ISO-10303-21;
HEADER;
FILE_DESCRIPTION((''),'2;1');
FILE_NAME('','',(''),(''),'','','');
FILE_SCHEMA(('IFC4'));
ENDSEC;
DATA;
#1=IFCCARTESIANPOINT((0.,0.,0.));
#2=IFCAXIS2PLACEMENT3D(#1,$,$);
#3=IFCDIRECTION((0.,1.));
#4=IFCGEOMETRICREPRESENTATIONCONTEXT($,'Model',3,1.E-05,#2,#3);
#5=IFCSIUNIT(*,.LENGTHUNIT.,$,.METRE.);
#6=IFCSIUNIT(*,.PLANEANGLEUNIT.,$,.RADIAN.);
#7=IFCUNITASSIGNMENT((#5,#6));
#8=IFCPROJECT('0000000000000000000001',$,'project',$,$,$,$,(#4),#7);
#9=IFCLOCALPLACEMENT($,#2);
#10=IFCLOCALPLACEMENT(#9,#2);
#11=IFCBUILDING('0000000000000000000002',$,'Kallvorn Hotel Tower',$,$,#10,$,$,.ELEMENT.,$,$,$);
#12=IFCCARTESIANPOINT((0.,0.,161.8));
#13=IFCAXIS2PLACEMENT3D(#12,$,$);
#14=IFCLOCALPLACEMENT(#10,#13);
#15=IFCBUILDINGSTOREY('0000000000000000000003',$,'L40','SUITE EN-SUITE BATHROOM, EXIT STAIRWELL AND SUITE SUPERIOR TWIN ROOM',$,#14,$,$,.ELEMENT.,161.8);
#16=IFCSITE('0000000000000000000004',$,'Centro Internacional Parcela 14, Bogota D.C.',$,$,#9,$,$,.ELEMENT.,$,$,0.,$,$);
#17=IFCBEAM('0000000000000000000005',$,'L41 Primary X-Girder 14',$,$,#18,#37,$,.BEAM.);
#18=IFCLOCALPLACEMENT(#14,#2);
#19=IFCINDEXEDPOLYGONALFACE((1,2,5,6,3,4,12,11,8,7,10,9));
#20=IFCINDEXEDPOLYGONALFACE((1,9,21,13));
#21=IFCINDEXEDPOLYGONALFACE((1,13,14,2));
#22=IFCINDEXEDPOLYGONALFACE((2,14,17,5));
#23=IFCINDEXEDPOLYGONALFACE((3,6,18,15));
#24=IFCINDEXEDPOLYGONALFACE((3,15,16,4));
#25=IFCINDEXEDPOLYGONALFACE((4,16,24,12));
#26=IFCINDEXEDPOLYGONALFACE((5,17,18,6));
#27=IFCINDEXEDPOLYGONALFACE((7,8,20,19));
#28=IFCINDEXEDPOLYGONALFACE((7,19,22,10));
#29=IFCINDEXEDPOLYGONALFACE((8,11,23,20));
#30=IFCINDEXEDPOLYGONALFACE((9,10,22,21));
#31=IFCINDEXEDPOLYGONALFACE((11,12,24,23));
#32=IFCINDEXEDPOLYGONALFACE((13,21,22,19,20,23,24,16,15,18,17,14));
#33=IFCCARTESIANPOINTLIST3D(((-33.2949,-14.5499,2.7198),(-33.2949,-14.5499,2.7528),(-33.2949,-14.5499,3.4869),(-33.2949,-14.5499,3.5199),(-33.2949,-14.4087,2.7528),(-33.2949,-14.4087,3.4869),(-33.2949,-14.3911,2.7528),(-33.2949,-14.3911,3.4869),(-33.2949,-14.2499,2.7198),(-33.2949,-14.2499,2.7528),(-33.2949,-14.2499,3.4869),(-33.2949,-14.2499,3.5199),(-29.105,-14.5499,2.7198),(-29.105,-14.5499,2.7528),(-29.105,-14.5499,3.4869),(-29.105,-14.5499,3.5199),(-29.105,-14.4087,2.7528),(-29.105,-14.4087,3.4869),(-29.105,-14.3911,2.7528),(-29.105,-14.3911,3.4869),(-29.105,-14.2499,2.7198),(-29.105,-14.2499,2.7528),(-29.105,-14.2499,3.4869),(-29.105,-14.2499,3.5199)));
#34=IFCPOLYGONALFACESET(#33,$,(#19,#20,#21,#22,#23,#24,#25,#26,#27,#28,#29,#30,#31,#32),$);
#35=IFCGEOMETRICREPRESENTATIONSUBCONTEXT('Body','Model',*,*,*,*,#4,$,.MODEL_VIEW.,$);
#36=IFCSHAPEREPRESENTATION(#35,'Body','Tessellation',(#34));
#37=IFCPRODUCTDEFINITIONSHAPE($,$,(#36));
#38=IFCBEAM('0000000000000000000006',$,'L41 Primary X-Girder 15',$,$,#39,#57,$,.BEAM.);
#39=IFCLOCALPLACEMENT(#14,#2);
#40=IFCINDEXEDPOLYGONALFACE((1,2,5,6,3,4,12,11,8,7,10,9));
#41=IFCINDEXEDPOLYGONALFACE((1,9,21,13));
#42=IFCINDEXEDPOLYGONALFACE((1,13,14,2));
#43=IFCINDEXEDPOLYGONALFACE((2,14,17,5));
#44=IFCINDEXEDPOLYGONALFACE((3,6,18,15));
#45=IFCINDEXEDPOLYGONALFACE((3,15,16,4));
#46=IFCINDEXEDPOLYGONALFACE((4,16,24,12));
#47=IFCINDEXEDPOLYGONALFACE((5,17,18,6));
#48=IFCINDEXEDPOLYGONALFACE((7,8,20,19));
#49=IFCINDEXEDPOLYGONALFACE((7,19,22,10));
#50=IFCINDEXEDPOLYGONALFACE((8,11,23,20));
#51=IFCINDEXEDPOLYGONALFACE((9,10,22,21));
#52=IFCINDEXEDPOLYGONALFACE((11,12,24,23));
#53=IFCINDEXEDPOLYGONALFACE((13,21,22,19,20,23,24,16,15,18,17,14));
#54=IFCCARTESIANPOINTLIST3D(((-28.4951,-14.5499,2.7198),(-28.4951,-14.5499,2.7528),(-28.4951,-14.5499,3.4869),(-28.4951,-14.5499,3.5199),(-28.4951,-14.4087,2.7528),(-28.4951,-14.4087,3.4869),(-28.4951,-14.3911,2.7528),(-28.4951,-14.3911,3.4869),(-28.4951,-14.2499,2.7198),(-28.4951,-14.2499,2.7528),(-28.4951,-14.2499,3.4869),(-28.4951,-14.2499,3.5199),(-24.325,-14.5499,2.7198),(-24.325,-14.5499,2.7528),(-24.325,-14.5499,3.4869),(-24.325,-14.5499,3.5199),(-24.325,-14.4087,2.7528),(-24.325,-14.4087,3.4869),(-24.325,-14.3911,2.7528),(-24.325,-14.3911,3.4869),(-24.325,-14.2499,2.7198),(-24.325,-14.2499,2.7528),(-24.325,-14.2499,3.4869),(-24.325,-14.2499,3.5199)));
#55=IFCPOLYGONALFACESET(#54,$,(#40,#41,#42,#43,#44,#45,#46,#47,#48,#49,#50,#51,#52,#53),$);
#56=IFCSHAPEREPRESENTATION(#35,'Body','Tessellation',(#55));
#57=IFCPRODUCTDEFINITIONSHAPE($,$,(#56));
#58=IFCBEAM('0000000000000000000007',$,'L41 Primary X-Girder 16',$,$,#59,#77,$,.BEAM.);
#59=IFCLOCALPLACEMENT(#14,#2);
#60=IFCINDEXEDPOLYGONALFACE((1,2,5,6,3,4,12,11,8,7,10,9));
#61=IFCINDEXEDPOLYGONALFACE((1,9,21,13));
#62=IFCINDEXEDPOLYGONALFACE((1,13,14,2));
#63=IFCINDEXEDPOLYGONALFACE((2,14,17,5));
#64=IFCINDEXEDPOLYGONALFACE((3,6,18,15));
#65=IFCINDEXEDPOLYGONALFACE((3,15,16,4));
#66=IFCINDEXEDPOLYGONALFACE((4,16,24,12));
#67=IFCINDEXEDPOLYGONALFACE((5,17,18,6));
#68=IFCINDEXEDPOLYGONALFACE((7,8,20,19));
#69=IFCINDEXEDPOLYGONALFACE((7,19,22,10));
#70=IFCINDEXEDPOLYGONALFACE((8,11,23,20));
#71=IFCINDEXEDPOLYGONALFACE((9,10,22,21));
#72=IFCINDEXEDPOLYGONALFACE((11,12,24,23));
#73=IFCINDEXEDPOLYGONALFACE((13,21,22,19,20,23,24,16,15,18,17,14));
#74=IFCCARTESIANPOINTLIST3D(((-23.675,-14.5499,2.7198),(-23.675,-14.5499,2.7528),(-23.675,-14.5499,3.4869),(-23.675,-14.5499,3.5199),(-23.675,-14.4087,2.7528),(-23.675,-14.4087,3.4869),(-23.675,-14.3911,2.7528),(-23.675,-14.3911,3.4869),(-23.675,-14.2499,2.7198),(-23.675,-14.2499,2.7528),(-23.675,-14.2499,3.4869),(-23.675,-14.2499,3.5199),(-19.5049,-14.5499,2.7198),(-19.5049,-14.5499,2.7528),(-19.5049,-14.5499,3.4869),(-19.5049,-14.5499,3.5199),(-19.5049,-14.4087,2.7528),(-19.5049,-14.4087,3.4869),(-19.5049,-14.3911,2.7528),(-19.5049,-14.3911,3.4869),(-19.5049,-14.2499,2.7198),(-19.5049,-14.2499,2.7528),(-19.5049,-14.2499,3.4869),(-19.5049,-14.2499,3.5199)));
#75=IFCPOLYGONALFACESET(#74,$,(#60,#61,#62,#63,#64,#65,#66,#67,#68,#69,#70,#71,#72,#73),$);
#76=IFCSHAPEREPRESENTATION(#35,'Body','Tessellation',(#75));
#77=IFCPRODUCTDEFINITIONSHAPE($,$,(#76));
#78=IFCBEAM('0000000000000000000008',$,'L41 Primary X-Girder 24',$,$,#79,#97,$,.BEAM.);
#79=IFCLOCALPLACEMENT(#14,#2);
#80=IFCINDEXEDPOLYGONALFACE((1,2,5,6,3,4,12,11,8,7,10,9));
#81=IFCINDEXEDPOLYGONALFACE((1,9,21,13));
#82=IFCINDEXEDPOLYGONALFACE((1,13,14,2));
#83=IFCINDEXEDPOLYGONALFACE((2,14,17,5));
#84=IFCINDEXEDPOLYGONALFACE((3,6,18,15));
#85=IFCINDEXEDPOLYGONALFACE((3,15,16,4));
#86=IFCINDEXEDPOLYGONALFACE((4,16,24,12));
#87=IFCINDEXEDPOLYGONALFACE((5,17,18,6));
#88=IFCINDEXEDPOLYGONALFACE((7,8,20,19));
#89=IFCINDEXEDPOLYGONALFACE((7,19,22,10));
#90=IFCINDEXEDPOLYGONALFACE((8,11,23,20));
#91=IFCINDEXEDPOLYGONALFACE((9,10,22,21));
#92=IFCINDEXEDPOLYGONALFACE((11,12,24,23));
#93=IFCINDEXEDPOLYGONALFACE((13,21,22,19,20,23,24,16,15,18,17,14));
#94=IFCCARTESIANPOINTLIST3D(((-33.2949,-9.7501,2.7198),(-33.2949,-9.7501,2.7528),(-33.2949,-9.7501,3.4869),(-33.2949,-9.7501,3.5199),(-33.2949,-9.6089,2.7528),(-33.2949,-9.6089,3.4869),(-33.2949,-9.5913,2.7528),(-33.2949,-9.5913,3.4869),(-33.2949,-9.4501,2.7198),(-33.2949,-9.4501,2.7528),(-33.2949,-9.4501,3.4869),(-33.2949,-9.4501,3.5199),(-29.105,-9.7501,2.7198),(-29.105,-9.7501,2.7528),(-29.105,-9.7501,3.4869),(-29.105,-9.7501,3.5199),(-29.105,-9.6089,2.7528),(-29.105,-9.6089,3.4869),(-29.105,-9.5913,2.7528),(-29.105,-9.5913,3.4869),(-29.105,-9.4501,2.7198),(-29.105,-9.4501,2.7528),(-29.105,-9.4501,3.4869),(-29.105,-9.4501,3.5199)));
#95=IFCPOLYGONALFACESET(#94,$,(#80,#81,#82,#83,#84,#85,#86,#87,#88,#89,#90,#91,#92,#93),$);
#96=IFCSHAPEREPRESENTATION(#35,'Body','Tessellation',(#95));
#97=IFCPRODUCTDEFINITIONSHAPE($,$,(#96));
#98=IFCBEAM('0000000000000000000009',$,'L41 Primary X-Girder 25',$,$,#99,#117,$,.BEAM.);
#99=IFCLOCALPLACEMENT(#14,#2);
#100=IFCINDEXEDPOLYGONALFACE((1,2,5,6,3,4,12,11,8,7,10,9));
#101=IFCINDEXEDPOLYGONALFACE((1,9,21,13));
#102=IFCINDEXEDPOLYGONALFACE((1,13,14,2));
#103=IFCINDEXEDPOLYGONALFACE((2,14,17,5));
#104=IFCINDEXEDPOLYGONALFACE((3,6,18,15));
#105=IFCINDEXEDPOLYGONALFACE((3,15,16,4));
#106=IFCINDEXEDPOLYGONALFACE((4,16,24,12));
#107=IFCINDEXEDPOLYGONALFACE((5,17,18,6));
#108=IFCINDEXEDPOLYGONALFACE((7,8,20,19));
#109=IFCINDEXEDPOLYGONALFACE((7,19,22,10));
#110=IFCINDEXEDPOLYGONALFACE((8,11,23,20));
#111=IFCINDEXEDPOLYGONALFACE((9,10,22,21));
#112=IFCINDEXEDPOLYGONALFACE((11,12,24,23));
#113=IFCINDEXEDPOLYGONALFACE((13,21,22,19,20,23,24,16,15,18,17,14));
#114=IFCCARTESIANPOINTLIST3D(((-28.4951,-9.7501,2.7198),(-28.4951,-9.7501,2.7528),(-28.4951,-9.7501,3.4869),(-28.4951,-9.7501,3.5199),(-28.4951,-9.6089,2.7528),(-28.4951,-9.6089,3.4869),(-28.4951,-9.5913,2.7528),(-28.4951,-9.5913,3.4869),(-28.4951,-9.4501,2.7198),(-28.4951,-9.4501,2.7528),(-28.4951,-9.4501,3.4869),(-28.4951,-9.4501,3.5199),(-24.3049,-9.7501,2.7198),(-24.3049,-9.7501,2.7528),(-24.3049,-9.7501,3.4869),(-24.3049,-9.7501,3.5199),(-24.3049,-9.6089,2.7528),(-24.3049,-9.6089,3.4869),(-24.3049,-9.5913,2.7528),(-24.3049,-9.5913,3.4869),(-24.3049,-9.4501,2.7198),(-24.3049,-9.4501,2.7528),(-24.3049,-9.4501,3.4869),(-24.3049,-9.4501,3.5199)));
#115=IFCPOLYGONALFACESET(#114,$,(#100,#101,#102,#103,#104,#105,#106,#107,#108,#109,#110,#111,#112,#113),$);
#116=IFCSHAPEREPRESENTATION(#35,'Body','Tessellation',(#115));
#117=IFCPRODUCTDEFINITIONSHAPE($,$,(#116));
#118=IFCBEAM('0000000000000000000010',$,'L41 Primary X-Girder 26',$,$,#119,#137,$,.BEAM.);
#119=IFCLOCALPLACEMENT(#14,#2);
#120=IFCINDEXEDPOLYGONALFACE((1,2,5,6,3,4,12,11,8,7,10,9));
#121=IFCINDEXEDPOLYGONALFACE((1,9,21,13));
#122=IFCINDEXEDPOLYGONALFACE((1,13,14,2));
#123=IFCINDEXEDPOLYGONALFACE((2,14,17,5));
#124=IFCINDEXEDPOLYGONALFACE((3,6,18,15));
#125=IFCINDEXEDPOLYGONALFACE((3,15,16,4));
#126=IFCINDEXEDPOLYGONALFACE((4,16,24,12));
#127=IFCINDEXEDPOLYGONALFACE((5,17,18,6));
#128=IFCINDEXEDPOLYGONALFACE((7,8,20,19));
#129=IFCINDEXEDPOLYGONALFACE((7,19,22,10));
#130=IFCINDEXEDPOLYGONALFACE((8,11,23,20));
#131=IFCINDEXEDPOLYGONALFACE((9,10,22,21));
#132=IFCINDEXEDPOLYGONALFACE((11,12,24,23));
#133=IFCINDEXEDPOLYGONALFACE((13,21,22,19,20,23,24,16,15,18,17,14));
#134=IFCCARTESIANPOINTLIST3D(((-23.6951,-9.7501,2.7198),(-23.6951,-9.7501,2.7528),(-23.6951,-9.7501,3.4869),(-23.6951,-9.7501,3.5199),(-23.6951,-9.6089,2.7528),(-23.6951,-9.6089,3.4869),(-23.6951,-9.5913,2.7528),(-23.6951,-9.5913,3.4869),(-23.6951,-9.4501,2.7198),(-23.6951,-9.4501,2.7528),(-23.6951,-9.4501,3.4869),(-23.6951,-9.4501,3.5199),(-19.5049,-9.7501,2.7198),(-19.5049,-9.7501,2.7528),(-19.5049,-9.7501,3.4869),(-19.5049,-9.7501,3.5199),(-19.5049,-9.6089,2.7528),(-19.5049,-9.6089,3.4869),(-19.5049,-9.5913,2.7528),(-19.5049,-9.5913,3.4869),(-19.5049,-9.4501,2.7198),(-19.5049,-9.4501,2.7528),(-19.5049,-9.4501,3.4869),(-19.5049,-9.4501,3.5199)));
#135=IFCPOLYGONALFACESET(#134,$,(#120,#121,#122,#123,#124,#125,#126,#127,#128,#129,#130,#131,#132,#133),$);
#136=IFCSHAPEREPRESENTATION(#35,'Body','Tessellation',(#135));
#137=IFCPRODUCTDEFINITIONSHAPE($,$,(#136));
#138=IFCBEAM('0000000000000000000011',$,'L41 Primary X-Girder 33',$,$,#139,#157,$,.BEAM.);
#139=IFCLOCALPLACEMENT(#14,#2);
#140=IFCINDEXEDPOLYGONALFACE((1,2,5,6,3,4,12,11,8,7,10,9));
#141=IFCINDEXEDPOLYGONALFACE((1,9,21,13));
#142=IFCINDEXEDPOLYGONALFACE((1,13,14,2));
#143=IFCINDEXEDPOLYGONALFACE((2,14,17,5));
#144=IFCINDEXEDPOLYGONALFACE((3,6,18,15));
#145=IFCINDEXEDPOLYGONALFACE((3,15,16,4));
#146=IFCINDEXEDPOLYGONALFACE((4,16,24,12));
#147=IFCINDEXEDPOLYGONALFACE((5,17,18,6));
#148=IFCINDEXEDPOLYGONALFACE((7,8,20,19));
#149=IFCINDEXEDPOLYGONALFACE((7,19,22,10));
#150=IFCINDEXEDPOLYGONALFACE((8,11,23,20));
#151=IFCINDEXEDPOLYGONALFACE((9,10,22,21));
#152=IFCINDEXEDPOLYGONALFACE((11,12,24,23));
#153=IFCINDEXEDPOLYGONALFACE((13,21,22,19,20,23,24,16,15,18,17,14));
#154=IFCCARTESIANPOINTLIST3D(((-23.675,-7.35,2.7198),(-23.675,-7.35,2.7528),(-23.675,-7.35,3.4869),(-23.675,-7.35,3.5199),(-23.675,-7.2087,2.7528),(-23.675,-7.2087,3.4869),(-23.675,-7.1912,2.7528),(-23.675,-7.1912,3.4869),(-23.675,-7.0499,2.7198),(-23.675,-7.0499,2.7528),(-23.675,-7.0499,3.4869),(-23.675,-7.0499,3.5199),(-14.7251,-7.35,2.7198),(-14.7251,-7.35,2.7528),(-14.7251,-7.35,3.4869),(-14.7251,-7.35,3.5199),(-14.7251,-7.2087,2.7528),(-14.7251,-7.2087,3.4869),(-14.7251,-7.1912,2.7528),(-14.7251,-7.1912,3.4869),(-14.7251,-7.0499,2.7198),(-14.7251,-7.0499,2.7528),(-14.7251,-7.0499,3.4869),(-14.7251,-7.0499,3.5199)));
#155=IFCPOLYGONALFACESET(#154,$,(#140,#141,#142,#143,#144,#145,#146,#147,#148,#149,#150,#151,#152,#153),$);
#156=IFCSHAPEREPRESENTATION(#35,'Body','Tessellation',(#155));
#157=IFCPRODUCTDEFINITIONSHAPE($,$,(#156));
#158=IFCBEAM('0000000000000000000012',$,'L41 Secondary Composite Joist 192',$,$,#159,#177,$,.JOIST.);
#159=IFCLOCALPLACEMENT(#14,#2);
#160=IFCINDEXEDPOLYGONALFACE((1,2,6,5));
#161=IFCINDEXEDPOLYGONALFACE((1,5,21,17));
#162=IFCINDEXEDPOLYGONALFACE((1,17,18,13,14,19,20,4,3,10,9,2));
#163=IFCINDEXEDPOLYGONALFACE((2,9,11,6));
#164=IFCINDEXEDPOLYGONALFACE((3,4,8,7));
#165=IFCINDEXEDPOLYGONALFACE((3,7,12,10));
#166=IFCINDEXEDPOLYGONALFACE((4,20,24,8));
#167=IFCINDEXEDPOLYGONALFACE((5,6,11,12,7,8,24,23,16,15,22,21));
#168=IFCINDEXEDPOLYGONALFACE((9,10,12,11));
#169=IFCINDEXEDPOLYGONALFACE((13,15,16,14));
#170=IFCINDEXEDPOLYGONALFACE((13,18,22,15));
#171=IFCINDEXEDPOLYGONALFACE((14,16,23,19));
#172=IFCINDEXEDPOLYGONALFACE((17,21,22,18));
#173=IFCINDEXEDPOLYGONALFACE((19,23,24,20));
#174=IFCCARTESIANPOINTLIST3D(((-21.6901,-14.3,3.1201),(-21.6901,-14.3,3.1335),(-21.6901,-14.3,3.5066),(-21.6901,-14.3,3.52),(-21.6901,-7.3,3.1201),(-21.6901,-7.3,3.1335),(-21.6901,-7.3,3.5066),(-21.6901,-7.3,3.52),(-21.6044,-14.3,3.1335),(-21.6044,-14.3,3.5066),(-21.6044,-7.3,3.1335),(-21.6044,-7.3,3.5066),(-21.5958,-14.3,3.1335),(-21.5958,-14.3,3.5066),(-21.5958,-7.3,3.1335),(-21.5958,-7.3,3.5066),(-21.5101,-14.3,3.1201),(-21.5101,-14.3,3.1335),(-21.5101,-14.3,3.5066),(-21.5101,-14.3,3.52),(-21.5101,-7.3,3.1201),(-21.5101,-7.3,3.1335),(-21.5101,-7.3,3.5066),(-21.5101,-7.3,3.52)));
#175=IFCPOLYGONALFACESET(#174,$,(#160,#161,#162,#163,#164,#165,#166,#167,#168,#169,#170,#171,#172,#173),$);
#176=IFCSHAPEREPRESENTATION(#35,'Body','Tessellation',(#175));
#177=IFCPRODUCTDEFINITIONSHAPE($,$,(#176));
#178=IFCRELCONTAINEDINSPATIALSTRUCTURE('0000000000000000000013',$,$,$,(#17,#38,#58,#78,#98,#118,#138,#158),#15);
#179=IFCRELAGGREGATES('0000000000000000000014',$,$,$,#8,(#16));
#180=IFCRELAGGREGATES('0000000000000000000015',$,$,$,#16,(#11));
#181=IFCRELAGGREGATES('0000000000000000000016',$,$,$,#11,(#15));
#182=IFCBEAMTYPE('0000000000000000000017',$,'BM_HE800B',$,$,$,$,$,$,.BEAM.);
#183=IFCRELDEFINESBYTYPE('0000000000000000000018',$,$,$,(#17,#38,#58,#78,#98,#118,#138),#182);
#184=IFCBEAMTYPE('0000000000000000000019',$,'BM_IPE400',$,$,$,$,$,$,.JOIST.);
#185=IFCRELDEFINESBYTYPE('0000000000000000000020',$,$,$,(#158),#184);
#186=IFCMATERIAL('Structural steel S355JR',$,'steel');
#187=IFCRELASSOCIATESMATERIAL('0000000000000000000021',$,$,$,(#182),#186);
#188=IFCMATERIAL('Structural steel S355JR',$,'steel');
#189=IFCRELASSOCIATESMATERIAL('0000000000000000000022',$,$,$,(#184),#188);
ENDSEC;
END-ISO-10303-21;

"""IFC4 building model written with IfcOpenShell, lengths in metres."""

from ifc_helpers import new_model, si_unit, direction, frame, origin, origin_2d, place, context, subcontext, project, spatial, i_section, extrude, material, material_profile, profile_set, type_object, element, save


model = new_model("IFC4")

# Units and contexts
model_context = context("Model", 3, precision=1e-05, world=origin(), true_north=direction((0.0, 1.0)))
body_context = subcontext(model_context, "Body", "Model", "MODEL_VIEW")
ifc_project = project(units=[si_unit("LENGTHUNIT", "METRE"), si_unit("PLANEANGLEUNIT", "RADIAN")], contexts=[model_context])

# Site, building, storey
site_placement = place(None, origin())
site = spatial("IfcSite", under=ifc_project, at=site_placement, Name="Centro Internacional Parcela 14, Bogota D.C.", CompositionType="ELEMENT", RefElevation=0.0)
building_placement = place(site_placement, origin())
building = spatial("IfcBuilding", under=site, at=building_placement, Name="Kallvorn Hotel Tower", CompositionType="ELEMENT")
storey_placement = place(building_placement, frame((0.0, 0.0, 161.8)))
storey = spatial("IfcBuildingStorey", under=building, at=storey_placement, Name="L40", Description="SUITE EN-SUITE BATHROOM, EXIT STAIRWELL AND SUITE SUPERIOR TWIN ROOM", CompositionType="ELEMENT", Elevation=161.8)

# Beams
ifc_material_1 = material(Name="Structural steel S355JR", Category="steel")
ifc_material_profile_1 = material_profile(ifc_material_1, i_section(OverallWidth=0.3, OverallDepth=0.8, WebThickness=0.0176, FlangeThickness=0.033, at=origin_2d()), Name="HE 800 B")
ifc_profile_set_1 = profile_set([ifc_material_profile_1], Name="Structural steel S355JR")
beam_type_1 = type_object("IfcBeamType", Name="BM_HE800B", PredefinedType="BEAM", material=ifc_profile_set_1)
beam_1_placement = place(storey_placement, frame((-33.2949, -14.3999, 3.1199), z_axis=(1.0, 0.0, 0.0), x_axis=(0.0, 1.0, 0.0)))
element("IfcBeam", 1, at=beam_1_placement, inside=storey, type_object=beam_type_1, Name="L41 Primary X-Girder 14", PredefinedType="BEAM", context=body_context, shape_type="SweptSolid", body=[
    extrude(i_section(OverallWidth=0.3, OverallDepth=0.8, WebThickness=0.0176, FlangeThickness=0.033, at=origin_2d()), origin(), (0.0, 0.0, 1.0), 4.1899),
])
for number, where, z_axis, x_axis, name in (
    (2, (-28.4951, -14.3999, 3.1199), (1.0, 0.0, 0.0), (0.0, 1.0, 0.0), "L41 Primary X-Girder 15"),
    (3, (-23.675, -14.3999, 3.1199), (1.0, 0.0, 0.0), (0.0, 1.0, 0.0), "L41 Primary X-Girder 16"),
):
    element("IfcBeam", number, at=place(storey_placement, frame(where, z_axis=z_axis, x_axis=x_axis)), inside=storey, type_object=beam_type_1, Name=name, PredefinedType="BEAM", context=body_context, shape_type="SweptSolid", body=[
        extrude(i_section(OverallWidth=0.3, OverallDepth=0.8, WebThickness=0.0176, FlangeThickness=0.033, at=origin_2d()), origin(), (0.0, 0.0, 1.0), 4.1702),
    ])
beam_2_placement = place(storey_placement, frame((-33.2949, -9.6001, 3.1199), z_axis=(1.0, 0.0, 0.0), x_axis=(0.0, 1.0, 0.0)))
element("IfcBeam", 4, at=beam_2_placement, inside=storey, type_object=beam_type_1, Name="L41 Primary X-Girder 24", PredefinedType="BEAM", context=body_context, shape_type="SweptSolid", body=[
    extrude(i_section(OverallWidth=0.3, OverallDepth=0.8, WebThickness=0.0176, FlangeThickness=0.033, at=origin_2d()), origin(), (0.0, 0.0, 1.0), 4.1899),
])
for number, where, z_axis, x_axis, name in (
    (5, (-28.4951, -9.6001, 3.1199), (1.0, 0.0, 0.0), (0.0, 1.0, 0.0), "L41 Primary X-Girder 25"),
    (6, (-23.6951, -9.6001, 3.1199), (1.0, 0.0, 0.0), (0.0, 1.0, 0.0), "L41 Primary X-Girder 26"),
):
    element("IfcBeam", number, at=place(storey_placement, frame(where, z_axis=z_axis, x_axis=x_axis)), inside=storey, type_object=beam_type_1, Name=name, PredefinedType="BEAM", context=body_context, shape_type="SweptSolid", body=[
        extrude(i_section(OverallWidth=0.3, OverallDepth=0.8, WebThickness=0.0176, FlangeThickness=0.033, at=origin_2d()), origin(), (0.0, 0.0, 1.0), 4.1902),
    ])
beam_3_placement = place(storey_placement, frame((-23.675, -7.2, 3.1199), z_axis=(1.0, 0.0, 0.0), x_axis=(0.0, 1.0, 0.0)))
element("IfcBeam", 7, at=beam_3_placement, inside=storey, type_object=beam_type_1, Name="L41 Primary X-Girder 33", PredefinedType="BEAM", context=body_context, shape_type="SweptSolid", body=[
    extrude(i_section(OverallWidth=0.3, OverallDepth=0.8, WebThickness=0.0176, FlangeThickness=0.033, at=origin_2d()), origin(), (0.0, 0.0, 1.0), 8.95),
])
ifc_material_2 = material(Name="Structural steel S355JR", Category="steel")
ifc_material_profile_2 = material_profile(ifc_material_2, i_section(OverallWidth=0.1799, OverallDepth=0.3999, WebThickness=0.0085, FlangeThickness=0.0134, at=origin_2d()), Name="IPE 400")
ifc_profile_set_2 = profile_set([ifc_material_profile_2], Name="Structural steel S355JR")
beam_type_2 = type_object("IfcBeamType", Name="BM_IPE400", PredefinedType="JOIST", material=ifc_profile_set_2)
beam_4_placement = place(storey_placement, frame((-21.6001, -14.3, 3.3201), z_axis=(0.0, 1.0, 0.0), x_axis=(-1.0, 0.0, 0.0)))
element("IfcBeam", 8, at=beam_4_placement, inside=storey, type_object=beam_type_2, Name="L41 Secondary Composite Joist 192", PredefinedType="JOIST", context=body_context, shape_type="SweptSolid", body=[
    extrude(i_section(OverallWidth=0.1799, OverallDepth=0.3999, WebThickness=0.0085, FlangeThickness=0.0134, at=origin_2d()), origin(), (0.0, 0.0, 1.0), 7.0),
])

save(model, "model.ifc")
